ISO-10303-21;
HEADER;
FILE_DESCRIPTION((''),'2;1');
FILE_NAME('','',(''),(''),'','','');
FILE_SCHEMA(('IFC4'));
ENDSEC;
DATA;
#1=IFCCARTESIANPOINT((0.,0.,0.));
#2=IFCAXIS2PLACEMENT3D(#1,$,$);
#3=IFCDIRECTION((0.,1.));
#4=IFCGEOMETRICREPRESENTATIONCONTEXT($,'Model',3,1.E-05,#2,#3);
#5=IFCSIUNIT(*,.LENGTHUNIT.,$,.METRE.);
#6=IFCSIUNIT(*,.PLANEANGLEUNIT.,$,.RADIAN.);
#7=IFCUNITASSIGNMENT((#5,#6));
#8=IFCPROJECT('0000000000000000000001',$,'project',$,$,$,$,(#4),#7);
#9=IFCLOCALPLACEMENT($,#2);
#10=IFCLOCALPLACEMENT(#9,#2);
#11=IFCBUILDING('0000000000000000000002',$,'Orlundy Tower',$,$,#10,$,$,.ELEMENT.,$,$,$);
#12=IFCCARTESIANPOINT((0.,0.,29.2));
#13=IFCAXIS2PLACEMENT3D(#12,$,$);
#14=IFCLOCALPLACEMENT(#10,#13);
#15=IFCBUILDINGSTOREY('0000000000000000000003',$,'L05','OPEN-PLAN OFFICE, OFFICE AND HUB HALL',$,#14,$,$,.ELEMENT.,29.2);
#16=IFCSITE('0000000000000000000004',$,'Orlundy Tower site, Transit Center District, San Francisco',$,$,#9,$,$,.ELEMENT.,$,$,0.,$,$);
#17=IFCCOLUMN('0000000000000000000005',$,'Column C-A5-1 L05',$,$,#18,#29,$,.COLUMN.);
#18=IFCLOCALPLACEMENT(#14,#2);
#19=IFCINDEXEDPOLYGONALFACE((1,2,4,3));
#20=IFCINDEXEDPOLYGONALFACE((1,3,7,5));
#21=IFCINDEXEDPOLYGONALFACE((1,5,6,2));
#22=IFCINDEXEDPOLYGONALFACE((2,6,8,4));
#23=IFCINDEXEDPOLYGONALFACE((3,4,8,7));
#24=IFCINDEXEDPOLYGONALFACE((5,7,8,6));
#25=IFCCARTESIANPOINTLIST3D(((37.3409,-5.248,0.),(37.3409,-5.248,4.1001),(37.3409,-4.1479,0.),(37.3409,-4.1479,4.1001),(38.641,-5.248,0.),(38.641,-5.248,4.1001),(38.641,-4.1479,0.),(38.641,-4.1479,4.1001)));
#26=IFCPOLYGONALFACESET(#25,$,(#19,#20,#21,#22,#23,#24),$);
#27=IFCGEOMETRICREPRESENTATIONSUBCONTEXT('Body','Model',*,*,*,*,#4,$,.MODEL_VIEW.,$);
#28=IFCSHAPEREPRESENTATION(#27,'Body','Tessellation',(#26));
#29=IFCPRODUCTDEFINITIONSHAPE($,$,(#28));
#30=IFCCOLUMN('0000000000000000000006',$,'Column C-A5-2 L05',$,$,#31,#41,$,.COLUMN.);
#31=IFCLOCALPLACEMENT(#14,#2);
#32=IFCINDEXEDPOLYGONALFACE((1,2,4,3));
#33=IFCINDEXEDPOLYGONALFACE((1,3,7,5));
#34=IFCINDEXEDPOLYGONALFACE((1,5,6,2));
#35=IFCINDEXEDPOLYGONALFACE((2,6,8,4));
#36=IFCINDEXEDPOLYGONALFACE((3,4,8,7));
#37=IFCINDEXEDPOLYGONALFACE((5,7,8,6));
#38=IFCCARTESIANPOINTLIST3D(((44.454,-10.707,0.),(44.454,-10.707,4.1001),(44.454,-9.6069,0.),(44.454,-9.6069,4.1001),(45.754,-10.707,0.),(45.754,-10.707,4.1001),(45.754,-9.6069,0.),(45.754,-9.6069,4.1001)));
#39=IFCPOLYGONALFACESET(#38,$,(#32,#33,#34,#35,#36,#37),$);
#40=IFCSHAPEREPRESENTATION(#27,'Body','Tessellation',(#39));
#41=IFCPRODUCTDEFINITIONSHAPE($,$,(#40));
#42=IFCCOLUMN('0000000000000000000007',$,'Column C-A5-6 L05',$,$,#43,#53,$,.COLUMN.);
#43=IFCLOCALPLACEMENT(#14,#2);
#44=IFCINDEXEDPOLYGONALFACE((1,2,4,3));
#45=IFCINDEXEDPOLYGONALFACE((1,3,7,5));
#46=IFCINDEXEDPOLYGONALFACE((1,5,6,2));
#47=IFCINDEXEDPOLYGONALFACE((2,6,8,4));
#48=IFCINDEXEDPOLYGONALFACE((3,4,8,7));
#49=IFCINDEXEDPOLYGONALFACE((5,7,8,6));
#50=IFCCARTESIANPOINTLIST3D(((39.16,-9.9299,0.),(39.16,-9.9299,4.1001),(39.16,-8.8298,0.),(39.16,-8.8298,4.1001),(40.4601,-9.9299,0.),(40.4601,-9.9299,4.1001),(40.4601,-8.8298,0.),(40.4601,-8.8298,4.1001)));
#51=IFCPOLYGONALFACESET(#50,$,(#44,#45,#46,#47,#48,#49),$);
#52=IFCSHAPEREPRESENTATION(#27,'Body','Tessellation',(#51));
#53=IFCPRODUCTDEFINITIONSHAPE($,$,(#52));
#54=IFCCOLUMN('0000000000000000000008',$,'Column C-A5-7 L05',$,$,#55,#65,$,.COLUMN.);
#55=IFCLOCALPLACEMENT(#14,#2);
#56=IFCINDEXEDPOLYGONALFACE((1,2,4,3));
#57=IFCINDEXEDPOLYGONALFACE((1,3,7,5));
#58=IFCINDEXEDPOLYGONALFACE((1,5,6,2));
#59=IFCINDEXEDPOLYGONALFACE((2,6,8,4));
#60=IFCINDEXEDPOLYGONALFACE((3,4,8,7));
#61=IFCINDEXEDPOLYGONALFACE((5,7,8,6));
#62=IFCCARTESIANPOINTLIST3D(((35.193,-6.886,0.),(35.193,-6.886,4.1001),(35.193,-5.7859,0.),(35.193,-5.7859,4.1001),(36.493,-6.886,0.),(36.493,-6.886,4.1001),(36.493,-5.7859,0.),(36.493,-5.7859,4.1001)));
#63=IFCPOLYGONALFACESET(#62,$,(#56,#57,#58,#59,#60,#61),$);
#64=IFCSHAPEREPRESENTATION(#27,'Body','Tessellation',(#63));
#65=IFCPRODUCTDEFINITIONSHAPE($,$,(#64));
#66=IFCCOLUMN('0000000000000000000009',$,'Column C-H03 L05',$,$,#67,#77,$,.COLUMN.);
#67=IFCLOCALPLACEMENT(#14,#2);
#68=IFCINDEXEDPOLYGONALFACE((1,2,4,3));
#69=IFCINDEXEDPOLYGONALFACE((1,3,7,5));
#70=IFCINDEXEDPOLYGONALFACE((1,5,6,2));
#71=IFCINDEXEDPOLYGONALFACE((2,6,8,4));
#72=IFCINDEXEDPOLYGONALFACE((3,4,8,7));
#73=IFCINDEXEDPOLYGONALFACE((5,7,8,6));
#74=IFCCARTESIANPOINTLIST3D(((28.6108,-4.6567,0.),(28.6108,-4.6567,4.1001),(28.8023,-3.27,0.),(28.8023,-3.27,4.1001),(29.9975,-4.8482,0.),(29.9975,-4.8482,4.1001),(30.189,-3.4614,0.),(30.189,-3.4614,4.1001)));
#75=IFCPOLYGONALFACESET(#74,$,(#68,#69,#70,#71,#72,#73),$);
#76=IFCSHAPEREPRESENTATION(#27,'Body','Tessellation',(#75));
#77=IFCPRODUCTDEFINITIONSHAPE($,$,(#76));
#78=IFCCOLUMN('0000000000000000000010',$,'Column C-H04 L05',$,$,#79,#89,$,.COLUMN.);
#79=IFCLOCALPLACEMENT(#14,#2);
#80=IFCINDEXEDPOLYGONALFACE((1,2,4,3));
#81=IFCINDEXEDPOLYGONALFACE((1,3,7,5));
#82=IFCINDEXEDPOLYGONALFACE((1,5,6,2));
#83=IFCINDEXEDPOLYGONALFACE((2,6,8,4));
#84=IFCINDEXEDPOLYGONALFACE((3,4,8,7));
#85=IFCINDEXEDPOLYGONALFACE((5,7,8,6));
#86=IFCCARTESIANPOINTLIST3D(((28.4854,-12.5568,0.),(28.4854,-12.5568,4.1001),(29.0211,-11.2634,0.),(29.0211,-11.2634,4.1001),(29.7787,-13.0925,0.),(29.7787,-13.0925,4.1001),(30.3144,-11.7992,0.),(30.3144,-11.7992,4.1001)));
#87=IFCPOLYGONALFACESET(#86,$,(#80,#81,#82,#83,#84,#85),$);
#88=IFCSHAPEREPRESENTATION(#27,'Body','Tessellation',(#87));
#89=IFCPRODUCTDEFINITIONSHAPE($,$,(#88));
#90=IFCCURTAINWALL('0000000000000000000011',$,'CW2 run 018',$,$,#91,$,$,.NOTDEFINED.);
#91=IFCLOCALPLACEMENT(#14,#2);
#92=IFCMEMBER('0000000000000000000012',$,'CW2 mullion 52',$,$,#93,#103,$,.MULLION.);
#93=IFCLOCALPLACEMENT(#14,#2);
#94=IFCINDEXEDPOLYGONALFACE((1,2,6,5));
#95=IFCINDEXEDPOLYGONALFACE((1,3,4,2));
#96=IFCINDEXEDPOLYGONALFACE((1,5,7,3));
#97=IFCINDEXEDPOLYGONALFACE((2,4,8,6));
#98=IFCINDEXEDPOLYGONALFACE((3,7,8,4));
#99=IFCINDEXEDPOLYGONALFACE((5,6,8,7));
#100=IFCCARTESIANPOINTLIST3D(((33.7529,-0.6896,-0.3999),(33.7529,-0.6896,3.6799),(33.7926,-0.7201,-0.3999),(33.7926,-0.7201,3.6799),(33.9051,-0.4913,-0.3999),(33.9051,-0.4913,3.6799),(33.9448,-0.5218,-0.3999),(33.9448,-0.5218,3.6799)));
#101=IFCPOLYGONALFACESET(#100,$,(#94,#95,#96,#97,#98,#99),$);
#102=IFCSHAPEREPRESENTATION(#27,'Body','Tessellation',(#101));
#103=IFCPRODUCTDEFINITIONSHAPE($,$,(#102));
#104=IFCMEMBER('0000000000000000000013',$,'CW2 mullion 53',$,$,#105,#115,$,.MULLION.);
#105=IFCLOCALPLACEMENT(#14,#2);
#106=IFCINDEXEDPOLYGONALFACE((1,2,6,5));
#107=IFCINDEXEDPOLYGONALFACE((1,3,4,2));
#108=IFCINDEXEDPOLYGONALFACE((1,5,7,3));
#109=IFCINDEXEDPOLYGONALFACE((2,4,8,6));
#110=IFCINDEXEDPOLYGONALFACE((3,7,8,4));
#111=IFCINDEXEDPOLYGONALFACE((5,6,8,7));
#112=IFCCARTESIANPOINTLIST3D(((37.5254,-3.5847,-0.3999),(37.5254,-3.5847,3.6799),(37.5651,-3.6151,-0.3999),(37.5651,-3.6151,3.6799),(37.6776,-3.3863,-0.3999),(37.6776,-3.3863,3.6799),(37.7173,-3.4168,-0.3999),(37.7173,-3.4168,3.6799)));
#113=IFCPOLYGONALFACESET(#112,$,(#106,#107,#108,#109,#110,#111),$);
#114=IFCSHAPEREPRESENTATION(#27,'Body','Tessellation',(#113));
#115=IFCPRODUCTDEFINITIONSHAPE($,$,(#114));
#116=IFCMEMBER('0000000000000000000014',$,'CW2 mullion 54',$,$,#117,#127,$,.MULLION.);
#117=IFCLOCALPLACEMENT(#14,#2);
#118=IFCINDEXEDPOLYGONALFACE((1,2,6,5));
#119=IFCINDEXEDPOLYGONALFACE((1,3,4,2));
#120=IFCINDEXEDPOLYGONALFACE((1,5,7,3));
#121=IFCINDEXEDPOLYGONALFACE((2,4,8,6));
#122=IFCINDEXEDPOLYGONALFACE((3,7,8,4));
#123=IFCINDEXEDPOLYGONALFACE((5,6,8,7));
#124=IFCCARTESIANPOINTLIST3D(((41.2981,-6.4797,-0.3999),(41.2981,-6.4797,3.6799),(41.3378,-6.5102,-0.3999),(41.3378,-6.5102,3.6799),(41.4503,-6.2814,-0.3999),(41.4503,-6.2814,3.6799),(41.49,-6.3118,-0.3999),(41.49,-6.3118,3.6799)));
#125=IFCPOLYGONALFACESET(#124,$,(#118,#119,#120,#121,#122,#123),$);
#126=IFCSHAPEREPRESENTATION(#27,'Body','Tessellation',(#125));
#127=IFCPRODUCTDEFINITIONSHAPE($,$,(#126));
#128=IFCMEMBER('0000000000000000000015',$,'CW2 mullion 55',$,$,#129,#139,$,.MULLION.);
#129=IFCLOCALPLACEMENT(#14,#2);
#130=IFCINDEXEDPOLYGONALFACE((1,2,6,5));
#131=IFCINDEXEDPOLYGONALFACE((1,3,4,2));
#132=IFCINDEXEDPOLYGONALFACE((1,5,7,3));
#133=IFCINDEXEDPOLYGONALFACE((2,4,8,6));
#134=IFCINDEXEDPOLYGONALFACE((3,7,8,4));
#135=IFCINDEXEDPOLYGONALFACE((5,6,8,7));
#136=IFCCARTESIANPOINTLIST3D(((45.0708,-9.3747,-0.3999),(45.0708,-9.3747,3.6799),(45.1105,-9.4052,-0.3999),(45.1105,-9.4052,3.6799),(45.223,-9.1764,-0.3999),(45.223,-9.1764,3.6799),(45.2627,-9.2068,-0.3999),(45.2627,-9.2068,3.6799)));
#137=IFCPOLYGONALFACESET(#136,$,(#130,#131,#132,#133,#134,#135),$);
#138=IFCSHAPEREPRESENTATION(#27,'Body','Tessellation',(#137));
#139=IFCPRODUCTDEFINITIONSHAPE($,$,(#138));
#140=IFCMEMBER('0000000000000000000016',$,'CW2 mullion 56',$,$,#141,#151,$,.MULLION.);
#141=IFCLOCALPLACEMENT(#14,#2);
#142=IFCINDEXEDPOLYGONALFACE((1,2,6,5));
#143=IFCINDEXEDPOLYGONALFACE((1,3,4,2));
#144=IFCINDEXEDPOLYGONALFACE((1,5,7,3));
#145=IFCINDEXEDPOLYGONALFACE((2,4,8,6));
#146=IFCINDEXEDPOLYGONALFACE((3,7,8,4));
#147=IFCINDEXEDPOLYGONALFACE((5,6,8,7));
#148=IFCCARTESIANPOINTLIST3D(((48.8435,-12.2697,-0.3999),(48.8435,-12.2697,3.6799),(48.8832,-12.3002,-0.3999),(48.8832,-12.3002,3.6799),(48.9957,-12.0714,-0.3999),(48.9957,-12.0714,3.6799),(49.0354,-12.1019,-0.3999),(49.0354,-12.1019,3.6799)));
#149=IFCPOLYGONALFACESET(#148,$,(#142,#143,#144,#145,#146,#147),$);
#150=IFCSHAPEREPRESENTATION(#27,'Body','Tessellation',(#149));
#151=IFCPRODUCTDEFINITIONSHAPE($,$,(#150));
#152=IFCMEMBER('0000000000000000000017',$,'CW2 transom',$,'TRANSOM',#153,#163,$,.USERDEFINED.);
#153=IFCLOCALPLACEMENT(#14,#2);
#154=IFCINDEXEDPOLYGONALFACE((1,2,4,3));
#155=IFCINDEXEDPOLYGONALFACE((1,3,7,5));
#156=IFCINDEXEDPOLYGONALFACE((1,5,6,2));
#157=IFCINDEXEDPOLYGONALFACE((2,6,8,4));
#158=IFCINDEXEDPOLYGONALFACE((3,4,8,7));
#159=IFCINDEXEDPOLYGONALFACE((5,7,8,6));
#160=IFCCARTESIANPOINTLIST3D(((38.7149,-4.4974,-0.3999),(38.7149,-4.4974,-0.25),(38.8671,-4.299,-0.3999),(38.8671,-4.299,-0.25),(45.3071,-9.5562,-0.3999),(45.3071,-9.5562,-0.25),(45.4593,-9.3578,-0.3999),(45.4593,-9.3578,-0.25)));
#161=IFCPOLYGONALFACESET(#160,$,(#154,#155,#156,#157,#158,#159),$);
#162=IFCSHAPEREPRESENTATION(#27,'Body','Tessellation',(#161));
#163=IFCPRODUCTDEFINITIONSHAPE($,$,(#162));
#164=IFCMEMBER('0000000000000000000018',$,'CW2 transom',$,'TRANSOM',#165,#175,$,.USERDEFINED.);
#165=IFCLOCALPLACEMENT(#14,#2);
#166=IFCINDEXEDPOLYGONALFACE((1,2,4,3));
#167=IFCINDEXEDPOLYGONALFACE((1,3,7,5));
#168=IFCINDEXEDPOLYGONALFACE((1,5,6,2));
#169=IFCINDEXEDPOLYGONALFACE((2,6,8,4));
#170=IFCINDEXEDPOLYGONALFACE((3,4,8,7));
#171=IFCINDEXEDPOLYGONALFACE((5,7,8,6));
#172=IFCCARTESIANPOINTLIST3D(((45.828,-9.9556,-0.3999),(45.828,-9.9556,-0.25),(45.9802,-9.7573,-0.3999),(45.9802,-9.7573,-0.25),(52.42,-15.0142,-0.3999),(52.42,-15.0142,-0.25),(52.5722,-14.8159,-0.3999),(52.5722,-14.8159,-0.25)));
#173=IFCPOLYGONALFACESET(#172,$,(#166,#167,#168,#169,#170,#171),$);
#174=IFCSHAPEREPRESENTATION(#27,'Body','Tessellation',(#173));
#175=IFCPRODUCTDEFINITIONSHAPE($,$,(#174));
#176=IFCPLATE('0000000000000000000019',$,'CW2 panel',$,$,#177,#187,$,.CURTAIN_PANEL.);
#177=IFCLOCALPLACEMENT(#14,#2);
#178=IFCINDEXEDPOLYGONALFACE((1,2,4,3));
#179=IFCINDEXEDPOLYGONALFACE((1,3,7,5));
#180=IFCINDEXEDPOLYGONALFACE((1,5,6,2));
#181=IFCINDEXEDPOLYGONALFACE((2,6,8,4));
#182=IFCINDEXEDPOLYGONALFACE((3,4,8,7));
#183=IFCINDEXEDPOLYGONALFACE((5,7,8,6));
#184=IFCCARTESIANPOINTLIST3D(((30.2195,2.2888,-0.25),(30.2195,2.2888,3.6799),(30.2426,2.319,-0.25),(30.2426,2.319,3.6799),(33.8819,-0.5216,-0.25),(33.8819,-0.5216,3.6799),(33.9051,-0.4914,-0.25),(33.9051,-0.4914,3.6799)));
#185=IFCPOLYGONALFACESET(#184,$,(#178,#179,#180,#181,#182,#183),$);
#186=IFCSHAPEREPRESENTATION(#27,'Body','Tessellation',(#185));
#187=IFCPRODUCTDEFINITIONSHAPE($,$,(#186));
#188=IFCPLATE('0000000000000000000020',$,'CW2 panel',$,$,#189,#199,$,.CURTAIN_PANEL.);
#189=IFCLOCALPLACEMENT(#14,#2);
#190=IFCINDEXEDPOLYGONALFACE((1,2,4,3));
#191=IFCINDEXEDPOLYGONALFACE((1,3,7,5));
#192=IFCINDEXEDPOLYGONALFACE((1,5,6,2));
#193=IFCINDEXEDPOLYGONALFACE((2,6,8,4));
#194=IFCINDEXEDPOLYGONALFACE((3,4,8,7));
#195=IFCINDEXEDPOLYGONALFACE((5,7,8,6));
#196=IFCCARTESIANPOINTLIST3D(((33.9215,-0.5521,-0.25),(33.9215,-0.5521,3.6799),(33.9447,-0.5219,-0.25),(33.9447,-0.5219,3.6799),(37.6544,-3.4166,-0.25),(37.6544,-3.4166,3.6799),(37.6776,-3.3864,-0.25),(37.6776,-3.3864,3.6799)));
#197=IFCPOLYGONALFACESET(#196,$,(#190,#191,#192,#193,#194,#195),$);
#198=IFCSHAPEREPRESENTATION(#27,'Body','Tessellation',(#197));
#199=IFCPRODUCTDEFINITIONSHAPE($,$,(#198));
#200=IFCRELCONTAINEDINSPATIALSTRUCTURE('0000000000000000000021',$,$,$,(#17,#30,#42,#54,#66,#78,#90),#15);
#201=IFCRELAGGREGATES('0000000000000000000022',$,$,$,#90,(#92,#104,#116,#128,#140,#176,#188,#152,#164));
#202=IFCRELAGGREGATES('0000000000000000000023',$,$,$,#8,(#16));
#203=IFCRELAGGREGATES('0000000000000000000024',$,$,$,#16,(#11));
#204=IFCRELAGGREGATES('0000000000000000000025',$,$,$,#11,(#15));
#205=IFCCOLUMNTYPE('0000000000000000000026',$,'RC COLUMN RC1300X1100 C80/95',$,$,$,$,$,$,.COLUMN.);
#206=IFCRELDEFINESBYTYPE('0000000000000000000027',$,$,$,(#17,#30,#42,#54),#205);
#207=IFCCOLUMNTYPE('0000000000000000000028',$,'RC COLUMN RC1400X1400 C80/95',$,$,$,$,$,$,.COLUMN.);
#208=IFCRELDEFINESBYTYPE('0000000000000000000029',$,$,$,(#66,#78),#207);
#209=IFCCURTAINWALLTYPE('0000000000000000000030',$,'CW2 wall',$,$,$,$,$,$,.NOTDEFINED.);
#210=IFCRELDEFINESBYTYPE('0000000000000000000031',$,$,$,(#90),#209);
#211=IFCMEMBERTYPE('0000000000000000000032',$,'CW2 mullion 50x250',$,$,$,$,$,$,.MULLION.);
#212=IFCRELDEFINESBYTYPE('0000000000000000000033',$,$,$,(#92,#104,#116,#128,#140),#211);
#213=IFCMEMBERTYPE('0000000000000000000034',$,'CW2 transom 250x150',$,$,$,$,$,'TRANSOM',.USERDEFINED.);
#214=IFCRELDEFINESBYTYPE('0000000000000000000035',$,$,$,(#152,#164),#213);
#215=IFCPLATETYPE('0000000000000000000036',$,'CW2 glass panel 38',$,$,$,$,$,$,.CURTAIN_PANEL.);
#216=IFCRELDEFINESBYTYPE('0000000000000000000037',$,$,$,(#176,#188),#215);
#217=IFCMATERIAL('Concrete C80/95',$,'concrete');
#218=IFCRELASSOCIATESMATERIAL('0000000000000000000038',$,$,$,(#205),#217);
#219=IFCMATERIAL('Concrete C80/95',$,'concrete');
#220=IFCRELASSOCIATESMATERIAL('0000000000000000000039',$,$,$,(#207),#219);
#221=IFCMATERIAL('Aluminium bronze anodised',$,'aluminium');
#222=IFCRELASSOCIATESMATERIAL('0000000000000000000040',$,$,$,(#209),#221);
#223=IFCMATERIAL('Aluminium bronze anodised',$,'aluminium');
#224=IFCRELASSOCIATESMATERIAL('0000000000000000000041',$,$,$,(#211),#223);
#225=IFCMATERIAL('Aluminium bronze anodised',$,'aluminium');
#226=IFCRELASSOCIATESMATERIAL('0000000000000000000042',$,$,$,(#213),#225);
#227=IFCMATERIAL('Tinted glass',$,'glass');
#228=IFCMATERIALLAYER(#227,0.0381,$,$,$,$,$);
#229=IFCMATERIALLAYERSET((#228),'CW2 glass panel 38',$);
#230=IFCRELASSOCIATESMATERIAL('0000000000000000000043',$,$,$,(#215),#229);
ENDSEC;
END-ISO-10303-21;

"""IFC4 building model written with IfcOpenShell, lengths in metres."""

from ifc_helpers import new_model, si_unit, direction, frame, origin, origin_2d, place, context, subcontext, project, spatial, rectangle, extrude, material, layer, layer_set, material_profile, profile_set, type_object, element, aggregate, save


model = new_model("IFC4")

# Units and contexts
model_context = context("Model", 3, precision=1e-05, world=origin(), true_north=direction((0.0, 1.0)))
body_context = subcontext(model_context, "Body", "Model", "MODEL_VIEW")
ifc_project = project(units=[si_unit("LENGTHUNIT", "METRE"), si_unit("PLANEANGLEUNIT", "RADIAN")], contexts=[model_context])

# Site, building, storey
site_placement = place(None, origin())
site = spatial("IfcSite", under=ifc_project, at=site_placement, Name="Orlundy Tower site, Transit Center District, San Francisco", CompositionType="ELEMENT", RefElevation=0.0)
building_placement = place(site_placement, origin())
building = spatial("IfcBuilding", under=site, at=building_placement, Name="Orlundy Tower", CompositionType="ELEMENT")
storey_placement = place(building_placement, frame((0.0, 0.0, 29.2)))
storey = spatial("IfcBuildingStorey", under=building, at=storey_placement, Name="L05", Description="OPEN-PLAN OFFICE, OFFICE AND HUB HALL", CompositionType="ELEMENT", Elevation=29.2)

# Columns
ifc_material_1 = material(Name="Concrete C80/95", Category="concrete")
ifc_material_profile_1 = material_profile(ifc_material_1, rectangle(XDim=1.3, YDim=1.1001, at=origin_2d()), Name="RC1300X1100")
ifc_profile_set_1 = profile_set([ifc_material_profile_1], Name="Concrete C80/95")
column_type_1 = type_object("IfcColumnType", Name="RC COLUMN RC1300X1100 C80/95", PredefinedType="COLUMN", material=ifc_profile_set_1)
for number, where, z_axis, x_axis, name in (
    (1, (37.991, -4.698, 0.0), (0.0, 0.0, 1.0), (1.0, 0.0, 0.0), "Column C-A5-1 L05"),
    (2, (45.104, -10.157, 0.0), (0.0, 0.0, 1.0), (1.0, 0.0, 0.0), "Column C-A5-2 L05"),
    (3, (39.8101, -9.3799, 0.0), (0.0, 0.0, 1.0), (1.0, 0.0, 0.0), "Column C-A5-6 L05"),
    (4, (35.843, -6.3359, 0.0), (0.0, 0.0, 1.0), (1.0, 0.0, 0.0), "Column C-A5-7 L05"),
):
    element("IfcColumn", number, at=place(storey_placement, frame(where, z_axis=z_axis, x_axis=x_axis)), inside=storey, type_object=column_type_1, Name=name, PredefinedType="COLUMN", context=body_context, shape_type="SweptSolid", body=[
        extrude(rectangle(XDim=1.3, YDim=1.1001, at=origin_2d()), origin(), (0.0, 0.0, 1.0), 4.1001),
    ])
ifc_material_2 = material(Name="Concrete C80/95", Category="concrete")
ifc_material_profile_2 = material_profile(ifc_material_2, rectangle(XDim=1.3999, YDim=1.3999, at=origin_2d()), Name="RC1400X1400")
ifc_profile_set_2 = profile_set([ifc_material_profile_2], Name="Concrete C80/95")
column_type_2 = type_object("IfcColumnType", Name="RC COLUMN RC1400X1400 C80/95", PredefinedType="COLUMN", material=ifc_profile_set_2)
for number, where, z_axis, x_axis, name in (
    (5, (29.3999, -4.0591, 0.0), (0.0, 0.0, 1.0), (0.990603, -0.13677, 0.0), "Column C-H03 L05"),
    (6, (29.3999, -12.178, 0.0), (0.0, 0.0, 1.0), (0.92388, -0.382683, 0.0), "Column C-H04 L05"),
):
    element("IfcColumn", number, at=place(storey_placement, frame(where, z_axis=z_axis, x_axis=x_axis)), inside=storey, type_object=column_type_2, Name=name, PredefinedType="COLUMN", context=body_context, shape_type="SweptSolid", body=[
        extrude(rectangle(XDim=1.3999, YDim=1.3999, at=origin_2d()), origin(), (0.0, 0.0, 1.0), 4.1001),
    ])

# Curtain wall, members, plates
ifc_material_3 = material(Name="Aluminium bronze anodised", Category="aluminium")
curtain_wall_type = type_object("IfcCurtainWallType", Name="CW2 wall", PredefinedType="NOTDEFINED", material=ifc_material_3)
curtain_wall_placement = place(storey_placement, origin())
curtain_wall = element("IfcCurtainWall", 7, at=curtain_wall_placement, inside=storey, type_object=curtain_wall_type, Name="CW2 run 018", PredefinedType="NOTDEFINED")
ifc_material_4 = material(Name="Aluminium bronze anodised", Category="aluminium")
ifc_material_profile_3 = material_profile(ifc_material_4, rectangle(XDim=0.25, YDim=0.05, at=origin_2d()), Name="CW2 mullion 50x250")
ifc_profile_set_3 = profile_set([ifc_material_profile_3], Name="Aluminium bronze anodised")
member_type_1 = type_object("IfcMemberType", Name="CW2 mullion 50x250", PredefinedType="MULLION", material=ifc_profile_set_3)
member_1_placement = place(storey_placement, frame((33.8489, -0.6057, -0.3999), z_axis=(0.0, 0.0, 1.0), x_axis=(0.608779, 0.79334, 0.0)))
member_1 = element("IfcMember", 8, at=member_1_placement, type_object=member_type_1, Name="CW2 mullion 52", PredefinedType="MULLION", context=body_context, shape_type="SweptSolid", body=[
    extrude(rectangle(XDim=0.25, YDim=0.05, at=origin_2d()), origin(), (0.0, 0.0, 1.0), 4.0798),
])
member_2_placement = place(storey_placement, frame((37.6213, -3.5007, -0.3999), z_axis=(0.0, 0.0, 1.0), x_axis=(0.608779, 0.79334, 0.0)))
member_2 = element("IfcMember", 9, at=member_2_placement, type_object=member_type_1, Name="CW2 mullion 53", PredefinedType="MULLION", context=body_context, shape_type="SweptSolid", body=[
    extrude(rectangle(XDim=0.25, YDim=0.05, at=origin_2d()), origin(), (0.0, 0.0, 1.0), 4.0798),
])
member_3_placement = place(storey_placement, frame((41.394, -6.3958, -0.3999), z_axis=(0.0, 0.0, 1.0), x_axis=(0.608779, 0.79334, 0.0)))
member_3 = element("IfcMember", 10, at=member_3_placement, type_object=member_type_1, Name="CW2 mullion 54", PredefinedType="MULLION", context=body_context, shape_type="SweptSolid", body=[
    extrude(rectangle(XDim=0.25, YDim=0.05, at=origin_2d()), origin(), (0.0, 0.0, 1.0), 4.0798),
])
member_4_placement = place(storey_placement, frame((45.1667, -9.2908, -0.3999), z_axis=(0.0, 0.0, 1.0), x_axis=(0.608779, 0.79334, 0.0)))
member_4 = element("IfcMember", 11, at=member_4_placement, type_object=member_type_1, Name="CW2 mullion 55", PredefinedType="MULLION", context=body_context, shape_type="SweptSolid", body=[
    extrude(rectangle(XDim=0.25, YDim=0.05, at=origin_2d()), origin(), (0.0, 0.0, 1.0), 4.0798),
])
member_5_placement = place(storey_placement, frame((48.9395, -12.1858, -0.3999), z_axis=(0.0, 0.0, 1.0), x_axis=(0.608779, 0.79334, 0.0)))
member_5 = element("IfcMember", 12, at=member_5_placement, type_object=member_type_1, Name="CW2 mullion 56", PredefinedType="MULLION", context=body_context, shape_type="SweptSolid", body=[
    extrude(rectangle(XDim=0.25, YDim=0.05, at=origin_2d()), origin(), (0.0, 0.0, 1.0), 4.0798),
])
ifc_material_5 = material(Name="Aluminium bronze anodised", Category="aluminium")
ifc_material_profile_4 = material_profile(ifc_material_5, rectangle(XDim=0.25, YDim=0.1499, at=origin_2d()), Name="CW2 transom 250x150")
ifc_profile_set_4 = profile_set([ifc_material_profile_4], Name="Aluminium bronze anodised")
member_type_2 = type_object("IfcMemberType", Name="CW2 transom 250x150", ElementType="TRANSOM", PredefinedType="USERDEFINED", material=ifc_profile_set_4)
member_6_placement = place(storey_placement, frame((38.791, -4.3982, -0.325), z_axis=(0.79333, -0.608792, 0.0), x_axis=(0.608792, 0.79333, 0.0)))
member_6 = element("IfcMember", 13, at=member_6_placement, type_object=member_type_2, Name="CW2 transom", ObjectType="TRANSOM", PredefinedType="USERDEFINED", context=body_context, shape_type="SweptSolid", body=[
    extrude(rectangle(XDim=0.25, YDim=0.1499, at=origin_2d()), origin(), (0.0, 0.0, 1.0), 8.3096),
])
member_7_placement = place(storey_placement, frame((45.9041, -9.8564, -0.325), z_axis=(0.793333, -0.608787, 0.0), x_axis=(0.608787, 0.793333, 0.0)))
member_7 = element("IfcMember", 14, at=member_7_placement, type_object=member_type_2, Name="CW2 transom", ObjectType="TRANSOM", PredefinedType="USERDEFINED", context=body_context, shape_type="SweptSolid", body=[
    extrude(rectangle(XDim=0.25, YDim=0.1499, at=origin_2d()), origin(), (0.0, 0.0, 1.0), 8.3093),
])
ifc_material_6 = material(Name="Tinted glass", Category="glass")
ifc_layer_1 = layer(ifc_material_6, 0.0381)
ifc_layer_set_1 = layer_set([ifc_layer_1], Name="CW2 glass panel 38")
plate_type = type_object("IfcPlateType", Name="CW2 glass panel 38", PredefinedType="CURTAIN_PANEL", material=ifc_layer_set_1)
plate_1_placement = place(storey_placement, frame((32.0623, 0.8987, -0.25), z_axis=(0.0, 0.0, 1.0), x_axis=(0.79334, -0.608779, 0.0)))
plate_1 = element("IfcPlate", 15, at=plate_1_placement, type_object=plate_type, Name="CW2 panel", PredefinedType="CURTAIN_PANEL", context=body_context, shape_type="SweptSolid", body=[
    extrude(rectangle(XDim=4.6165, YDim=0.0381, at=origin_2d()), origin(), (0.0, 0.0, 1.0), 3.9299),
])
plate_2_placement = place(storey_placement, frame((35.7996, -1.9692, -0.25), z_axis=(0.0, 0.0, 1.0), x_axis=(0.79334, -0.608779, 0.0)))
plate_2 = element("IfcPlate", 16, at=plate_2_placement, type_object=plate_type, Name="CW2 panel", PredefinedType="CURTAIN_PANEL", context=body_context, shape_type="SweptSolid", body=[
    extrude(rectangle(XDim=4.7053, YDim=0.0381, at=origin_2d()), origin(), (0.0, 0.0, 1.0), 3.9299),
])
aggregate(curtain_wall, [member_1, member_2, member_3, member_4, member_5, plate_1, plate_2, member_6, member_7])

save(model, "model.ifc")
